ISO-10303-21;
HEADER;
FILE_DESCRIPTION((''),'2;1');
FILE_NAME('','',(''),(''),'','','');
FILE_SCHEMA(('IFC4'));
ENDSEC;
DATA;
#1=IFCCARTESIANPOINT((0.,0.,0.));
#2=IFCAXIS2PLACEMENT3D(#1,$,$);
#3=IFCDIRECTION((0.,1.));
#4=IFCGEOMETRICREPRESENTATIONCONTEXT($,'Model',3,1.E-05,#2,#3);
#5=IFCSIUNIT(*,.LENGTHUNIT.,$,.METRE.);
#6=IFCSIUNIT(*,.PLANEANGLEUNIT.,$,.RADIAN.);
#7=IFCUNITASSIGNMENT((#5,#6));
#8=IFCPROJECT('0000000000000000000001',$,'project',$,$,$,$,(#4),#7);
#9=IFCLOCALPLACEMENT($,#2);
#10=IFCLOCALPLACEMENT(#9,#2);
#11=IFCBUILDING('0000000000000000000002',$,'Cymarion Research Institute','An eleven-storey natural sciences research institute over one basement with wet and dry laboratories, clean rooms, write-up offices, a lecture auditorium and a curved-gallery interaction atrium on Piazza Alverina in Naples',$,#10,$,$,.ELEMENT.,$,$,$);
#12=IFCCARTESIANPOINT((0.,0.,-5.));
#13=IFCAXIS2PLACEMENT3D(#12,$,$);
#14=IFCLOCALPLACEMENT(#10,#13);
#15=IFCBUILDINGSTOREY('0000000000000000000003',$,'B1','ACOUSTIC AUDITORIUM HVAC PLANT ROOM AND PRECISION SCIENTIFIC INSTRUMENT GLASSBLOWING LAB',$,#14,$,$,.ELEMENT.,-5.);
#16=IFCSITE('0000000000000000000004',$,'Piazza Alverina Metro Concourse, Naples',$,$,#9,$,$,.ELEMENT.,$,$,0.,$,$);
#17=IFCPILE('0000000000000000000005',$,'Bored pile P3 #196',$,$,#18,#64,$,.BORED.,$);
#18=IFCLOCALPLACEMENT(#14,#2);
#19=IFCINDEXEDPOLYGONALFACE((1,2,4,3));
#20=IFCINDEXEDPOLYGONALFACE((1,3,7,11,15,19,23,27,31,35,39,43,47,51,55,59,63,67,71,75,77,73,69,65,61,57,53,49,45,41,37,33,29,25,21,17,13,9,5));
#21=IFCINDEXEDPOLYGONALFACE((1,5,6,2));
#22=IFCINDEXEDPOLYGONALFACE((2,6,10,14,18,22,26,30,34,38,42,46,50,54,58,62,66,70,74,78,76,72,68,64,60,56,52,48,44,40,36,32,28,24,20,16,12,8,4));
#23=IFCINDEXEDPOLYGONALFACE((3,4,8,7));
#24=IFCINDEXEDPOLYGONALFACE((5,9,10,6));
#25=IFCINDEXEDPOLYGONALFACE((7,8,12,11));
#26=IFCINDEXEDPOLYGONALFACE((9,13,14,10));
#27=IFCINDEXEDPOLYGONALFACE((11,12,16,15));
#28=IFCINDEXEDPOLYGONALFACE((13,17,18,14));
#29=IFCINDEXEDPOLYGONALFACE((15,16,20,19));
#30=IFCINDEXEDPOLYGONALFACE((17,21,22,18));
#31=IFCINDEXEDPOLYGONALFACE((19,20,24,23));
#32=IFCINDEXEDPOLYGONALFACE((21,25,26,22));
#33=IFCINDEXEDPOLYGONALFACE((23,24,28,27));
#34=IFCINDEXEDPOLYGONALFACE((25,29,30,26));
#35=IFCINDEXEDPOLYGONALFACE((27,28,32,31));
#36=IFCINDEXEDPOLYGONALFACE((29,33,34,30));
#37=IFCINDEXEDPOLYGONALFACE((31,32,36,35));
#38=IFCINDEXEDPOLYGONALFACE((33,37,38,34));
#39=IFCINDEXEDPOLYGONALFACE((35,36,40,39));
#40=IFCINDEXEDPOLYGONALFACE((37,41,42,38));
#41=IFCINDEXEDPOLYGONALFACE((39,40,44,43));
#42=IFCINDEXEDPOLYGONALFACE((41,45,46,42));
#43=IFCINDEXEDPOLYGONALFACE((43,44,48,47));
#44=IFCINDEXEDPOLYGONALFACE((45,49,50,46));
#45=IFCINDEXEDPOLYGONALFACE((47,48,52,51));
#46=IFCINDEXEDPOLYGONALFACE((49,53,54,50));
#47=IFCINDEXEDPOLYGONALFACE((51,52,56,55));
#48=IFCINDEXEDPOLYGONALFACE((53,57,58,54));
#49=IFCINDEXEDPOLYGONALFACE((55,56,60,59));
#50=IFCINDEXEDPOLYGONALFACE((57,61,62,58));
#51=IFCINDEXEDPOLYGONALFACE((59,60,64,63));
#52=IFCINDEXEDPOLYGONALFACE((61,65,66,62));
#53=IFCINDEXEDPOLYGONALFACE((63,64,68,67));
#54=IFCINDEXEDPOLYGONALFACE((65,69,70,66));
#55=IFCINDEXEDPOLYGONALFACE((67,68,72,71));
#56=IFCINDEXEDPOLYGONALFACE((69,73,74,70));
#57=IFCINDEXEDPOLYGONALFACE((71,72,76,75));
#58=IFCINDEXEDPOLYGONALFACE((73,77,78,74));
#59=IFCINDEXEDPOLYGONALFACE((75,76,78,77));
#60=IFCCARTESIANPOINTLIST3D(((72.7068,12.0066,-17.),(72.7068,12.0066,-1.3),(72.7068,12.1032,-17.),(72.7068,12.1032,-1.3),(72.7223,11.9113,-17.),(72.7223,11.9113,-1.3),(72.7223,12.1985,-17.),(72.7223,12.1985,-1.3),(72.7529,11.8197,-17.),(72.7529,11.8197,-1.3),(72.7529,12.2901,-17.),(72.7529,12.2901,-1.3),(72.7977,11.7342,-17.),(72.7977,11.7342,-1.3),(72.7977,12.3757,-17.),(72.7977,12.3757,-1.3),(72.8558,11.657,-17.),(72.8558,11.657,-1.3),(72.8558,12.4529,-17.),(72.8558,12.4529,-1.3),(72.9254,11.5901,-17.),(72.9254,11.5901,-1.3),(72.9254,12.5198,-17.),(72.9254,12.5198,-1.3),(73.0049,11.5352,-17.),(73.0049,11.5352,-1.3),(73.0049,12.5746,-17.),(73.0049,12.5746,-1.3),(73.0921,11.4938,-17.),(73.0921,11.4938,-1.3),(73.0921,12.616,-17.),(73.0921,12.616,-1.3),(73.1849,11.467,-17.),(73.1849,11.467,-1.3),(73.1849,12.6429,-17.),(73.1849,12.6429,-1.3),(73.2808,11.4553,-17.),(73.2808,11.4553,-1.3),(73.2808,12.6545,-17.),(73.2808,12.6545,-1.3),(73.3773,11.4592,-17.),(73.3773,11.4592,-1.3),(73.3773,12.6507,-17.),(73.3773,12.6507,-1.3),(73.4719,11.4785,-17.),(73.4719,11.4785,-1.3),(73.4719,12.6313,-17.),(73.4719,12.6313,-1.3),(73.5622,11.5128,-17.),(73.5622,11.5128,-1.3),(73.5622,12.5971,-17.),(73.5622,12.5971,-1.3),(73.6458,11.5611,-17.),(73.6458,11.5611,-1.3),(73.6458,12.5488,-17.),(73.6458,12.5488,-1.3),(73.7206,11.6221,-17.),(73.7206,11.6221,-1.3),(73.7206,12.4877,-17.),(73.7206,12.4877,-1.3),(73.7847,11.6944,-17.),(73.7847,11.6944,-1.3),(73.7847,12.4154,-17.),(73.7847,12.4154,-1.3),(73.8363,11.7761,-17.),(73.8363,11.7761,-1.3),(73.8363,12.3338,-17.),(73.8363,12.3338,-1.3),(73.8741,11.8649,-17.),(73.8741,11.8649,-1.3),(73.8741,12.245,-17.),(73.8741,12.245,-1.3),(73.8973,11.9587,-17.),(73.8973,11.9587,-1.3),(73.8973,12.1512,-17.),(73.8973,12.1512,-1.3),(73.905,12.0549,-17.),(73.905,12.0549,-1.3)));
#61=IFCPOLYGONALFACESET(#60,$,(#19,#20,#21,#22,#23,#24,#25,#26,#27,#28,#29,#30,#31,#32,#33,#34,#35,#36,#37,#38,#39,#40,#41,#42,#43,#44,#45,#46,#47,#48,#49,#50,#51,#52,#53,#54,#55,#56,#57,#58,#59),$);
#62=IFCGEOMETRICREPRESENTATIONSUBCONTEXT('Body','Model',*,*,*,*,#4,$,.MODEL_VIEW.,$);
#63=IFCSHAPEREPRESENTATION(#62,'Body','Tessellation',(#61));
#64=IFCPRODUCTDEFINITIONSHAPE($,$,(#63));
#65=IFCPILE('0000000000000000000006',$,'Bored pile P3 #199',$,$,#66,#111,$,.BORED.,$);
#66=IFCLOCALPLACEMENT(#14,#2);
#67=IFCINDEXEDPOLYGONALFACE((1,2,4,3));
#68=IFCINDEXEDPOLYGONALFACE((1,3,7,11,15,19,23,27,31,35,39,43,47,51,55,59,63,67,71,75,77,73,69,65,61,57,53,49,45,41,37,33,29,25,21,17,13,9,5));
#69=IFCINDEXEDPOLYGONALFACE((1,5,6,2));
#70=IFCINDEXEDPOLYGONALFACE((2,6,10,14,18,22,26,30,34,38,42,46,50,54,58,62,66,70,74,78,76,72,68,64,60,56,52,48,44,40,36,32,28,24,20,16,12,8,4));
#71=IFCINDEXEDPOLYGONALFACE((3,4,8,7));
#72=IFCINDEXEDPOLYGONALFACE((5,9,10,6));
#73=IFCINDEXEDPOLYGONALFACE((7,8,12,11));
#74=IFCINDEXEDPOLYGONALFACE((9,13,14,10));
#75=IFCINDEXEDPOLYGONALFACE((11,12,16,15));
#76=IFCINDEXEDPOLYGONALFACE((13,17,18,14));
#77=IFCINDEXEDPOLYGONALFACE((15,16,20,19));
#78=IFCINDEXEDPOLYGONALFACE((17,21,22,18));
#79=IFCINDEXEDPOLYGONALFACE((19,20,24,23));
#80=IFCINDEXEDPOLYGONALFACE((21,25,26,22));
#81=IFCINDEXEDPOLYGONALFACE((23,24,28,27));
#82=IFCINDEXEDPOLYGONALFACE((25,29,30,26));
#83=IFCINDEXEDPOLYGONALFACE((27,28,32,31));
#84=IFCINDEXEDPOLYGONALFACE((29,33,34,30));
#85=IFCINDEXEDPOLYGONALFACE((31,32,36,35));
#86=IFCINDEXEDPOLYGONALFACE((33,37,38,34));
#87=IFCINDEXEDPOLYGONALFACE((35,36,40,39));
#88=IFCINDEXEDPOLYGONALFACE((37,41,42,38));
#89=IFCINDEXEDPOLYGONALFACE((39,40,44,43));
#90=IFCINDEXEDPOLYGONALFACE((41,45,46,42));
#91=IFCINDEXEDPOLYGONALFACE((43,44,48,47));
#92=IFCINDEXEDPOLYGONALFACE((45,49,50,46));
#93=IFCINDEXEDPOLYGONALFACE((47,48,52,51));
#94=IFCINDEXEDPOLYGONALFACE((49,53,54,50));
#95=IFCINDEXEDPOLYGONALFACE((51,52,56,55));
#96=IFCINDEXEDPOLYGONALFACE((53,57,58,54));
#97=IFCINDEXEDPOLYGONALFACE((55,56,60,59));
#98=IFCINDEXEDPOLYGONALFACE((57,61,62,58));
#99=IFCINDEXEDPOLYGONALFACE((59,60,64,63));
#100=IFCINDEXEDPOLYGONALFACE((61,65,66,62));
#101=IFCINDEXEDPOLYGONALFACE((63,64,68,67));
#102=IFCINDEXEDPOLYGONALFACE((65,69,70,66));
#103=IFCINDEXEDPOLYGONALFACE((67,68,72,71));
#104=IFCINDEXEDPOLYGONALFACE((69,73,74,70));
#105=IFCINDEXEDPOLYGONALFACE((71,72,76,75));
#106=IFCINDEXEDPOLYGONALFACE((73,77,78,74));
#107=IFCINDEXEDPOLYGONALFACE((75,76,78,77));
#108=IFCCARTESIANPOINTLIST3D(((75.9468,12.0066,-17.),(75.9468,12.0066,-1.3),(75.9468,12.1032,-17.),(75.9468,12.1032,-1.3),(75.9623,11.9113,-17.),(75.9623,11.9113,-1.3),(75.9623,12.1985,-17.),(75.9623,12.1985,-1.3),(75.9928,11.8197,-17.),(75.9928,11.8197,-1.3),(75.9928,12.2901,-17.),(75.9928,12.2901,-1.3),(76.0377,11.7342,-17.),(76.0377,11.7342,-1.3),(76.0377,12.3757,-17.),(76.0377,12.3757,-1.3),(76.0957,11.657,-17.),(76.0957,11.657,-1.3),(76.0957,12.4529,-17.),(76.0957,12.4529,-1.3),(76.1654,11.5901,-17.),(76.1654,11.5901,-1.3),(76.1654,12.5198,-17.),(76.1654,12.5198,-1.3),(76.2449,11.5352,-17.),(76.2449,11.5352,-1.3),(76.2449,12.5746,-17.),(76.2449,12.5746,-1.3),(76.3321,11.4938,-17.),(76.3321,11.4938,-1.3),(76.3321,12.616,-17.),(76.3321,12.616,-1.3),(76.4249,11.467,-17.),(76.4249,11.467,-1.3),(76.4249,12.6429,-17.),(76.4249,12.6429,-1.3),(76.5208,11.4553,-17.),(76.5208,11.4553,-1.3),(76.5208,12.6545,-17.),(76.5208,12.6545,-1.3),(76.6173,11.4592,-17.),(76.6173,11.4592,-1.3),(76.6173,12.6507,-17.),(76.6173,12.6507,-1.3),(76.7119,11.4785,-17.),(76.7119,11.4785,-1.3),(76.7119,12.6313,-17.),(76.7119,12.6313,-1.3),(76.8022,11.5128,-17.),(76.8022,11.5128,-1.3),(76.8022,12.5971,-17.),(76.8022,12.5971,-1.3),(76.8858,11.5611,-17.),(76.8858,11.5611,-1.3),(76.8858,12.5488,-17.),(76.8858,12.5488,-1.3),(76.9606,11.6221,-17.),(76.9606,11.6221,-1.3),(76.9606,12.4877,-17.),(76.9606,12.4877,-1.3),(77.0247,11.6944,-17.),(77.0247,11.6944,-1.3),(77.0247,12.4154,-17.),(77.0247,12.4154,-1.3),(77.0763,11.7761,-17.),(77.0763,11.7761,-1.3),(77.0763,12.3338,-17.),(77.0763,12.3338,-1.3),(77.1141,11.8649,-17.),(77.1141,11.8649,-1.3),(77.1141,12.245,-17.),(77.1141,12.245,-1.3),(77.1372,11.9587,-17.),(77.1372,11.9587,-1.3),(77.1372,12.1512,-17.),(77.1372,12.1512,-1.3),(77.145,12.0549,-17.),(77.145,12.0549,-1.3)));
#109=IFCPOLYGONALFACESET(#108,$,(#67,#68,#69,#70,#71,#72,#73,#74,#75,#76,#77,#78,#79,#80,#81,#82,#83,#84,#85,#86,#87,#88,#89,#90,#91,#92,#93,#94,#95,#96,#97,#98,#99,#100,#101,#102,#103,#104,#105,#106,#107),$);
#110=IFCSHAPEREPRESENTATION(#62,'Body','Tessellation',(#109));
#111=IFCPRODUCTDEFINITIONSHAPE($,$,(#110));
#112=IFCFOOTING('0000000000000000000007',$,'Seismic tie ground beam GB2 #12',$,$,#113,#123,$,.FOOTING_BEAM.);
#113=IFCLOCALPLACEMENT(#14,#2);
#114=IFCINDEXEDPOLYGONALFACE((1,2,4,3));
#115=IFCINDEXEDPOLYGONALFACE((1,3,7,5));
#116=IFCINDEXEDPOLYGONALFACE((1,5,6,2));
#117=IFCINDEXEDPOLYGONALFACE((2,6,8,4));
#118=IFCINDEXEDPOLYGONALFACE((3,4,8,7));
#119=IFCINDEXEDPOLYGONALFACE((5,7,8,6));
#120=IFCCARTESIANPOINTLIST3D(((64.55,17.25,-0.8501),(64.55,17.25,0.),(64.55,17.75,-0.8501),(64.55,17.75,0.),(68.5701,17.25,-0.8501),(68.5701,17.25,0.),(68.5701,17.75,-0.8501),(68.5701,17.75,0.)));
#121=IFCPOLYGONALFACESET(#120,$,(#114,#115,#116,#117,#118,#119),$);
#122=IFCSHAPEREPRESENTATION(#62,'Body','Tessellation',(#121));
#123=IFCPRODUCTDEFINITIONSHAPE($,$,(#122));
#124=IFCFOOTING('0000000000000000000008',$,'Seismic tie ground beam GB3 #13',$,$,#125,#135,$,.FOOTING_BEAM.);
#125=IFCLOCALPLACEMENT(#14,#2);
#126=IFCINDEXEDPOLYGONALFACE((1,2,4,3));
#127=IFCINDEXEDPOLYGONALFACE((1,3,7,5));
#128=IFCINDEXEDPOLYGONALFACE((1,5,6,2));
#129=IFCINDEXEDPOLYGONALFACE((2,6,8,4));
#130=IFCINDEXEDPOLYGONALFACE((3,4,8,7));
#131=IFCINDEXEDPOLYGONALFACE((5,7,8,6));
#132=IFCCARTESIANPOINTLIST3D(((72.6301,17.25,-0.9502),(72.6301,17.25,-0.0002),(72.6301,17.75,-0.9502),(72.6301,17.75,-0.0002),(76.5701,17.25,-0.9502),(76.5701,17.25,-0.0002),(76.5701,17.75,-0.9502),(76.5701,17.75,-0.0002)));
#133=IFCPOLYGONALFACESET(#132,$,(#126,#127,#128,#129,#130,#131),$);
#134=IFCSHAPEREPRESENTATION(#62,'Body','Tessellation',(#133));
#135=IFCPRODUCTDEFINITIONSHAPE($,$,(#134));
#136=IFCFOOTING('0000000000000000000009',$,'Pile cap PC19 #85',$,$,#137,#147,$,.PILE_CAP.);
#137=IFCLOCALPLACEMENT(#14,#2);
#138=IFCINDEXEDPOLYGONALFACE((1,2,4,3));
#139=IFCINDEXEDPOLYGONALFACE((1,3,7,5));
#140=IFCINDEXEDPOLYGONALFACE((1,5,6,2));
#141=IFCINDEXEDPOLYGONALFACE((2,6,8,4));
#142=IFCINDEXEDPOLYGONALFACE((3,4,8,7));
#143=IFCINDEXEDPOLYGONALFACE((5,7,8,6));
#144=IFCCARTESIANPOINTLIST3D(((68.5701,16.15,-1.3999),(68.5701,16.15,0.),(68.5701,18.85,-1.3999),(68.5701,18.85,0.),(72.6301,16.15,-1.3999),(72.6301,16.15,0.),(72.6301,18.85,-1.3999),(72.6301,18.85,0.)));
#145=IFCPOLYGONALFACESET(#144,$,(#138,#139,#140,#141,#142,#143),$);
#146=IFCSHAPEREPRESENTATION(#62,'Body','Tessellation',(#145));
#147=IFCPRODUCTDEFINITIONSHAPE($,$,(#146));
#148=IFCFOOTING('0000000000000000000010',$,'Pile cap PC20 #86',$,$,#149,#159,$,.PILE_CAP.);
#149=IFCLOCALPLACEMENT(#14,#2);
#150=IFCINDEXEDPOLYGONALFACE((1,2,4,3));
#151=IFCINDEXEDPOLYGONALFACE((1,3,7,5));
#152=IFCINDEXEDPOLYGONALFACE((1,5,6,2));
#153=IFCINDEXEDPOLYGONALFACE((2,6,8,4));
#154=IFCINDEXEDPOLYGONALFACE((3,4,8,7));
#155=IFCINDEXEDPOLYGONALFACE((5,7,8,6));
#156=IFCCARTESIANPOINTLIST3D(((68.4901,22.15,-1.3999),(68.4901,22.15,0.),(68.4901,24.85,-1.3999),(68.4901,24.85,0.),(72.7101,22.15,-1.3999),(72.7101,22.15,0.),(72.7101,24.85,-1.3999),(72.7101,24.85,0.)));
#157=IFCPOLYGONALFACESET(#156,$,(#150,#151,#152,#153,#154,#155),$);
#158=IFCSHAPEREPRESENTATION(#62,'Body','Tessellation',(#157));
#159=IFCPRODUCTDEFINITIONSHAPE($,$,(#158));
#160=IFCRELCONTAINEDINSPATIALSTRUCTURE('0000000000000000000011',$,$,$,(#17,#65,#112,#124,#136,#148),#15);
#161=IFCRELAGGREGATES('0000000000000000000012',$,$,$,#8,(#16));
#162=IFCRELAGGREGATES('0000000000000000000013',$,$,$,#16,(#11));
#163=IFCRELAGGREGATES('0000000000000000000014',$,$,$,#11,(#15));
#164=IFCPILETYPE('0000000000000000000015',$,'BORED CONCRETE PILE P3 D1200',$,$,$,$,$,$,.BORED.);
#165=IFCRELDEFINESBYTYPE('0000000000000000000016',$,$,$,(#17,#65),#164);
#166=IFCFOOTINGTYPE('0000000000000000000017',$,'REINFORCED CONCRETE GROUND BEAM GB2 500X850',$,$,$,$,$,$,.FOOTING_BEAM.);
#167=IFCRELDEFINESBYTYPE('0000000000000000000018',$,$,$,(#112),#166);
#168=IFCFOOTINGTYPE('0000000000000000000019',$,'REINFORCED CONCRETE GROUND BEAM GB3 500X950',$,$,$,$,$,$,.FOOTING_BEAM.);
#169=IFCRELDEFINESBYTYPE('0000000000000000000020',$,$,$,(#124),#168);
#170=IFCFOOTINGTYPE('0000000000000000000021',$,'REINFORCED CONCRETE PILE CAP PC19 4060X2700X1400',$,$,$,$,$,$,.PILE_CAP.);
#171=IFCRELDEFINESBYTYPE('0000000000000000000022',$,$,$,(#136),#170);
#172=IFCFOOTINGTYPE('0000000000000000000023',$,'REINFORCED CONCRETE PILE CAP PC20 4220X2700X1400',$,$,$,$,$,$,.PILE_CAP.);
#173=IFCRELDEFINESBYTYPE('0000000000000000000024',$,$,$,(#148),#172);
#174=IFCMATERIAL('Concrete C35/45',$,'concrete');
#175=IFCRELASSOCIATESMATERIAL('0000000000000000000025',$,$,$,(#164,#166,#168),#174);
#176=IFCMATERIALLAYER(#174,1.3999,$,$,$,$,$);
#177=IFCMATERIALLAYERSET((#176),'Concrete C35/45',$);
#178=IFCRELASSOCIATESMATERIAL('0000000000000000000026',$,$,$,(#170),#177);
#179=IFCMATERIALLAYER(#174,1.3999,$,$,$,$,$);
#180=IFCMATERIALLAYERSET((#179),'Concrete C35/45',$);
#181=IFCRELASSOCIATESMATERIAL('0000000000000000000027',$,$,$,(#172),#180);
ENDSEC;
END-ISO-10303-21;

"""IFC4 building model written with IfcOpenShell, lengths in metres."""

from ifc_helpers import new_model, si_unit, direction, frame, origin, origin_2d, place, context, subcontext, project, spatial, rectangle, circle, extrude, material, layer, layer_set, material_profile, profile_set, type_object, element, save


model = new_model("IFC4")

# Units and contexts
model_context = context("Model", 3, precision=1e-05, world=origin(), true_north=direction((0.0, 1.0)))
body_context = subcontext(model_context, "Body", "Model", "MODEL_VIEW")
ifc_project = project(units=[si_unit("LENGTHUNIT", "METRE"), si_unit("PLANEANGLEUNIT", "RADIAN")], contexts=[model_context])

# Site, building, storey
site_placement = place(None, origin())
site = spatial("IfcSite", under=ifc_project, at=site_placement, Name="Piazza Alverina Metro Concourse, Naples", CompositionType="ELEMENT", RefElevation=0.0)
building_placement = place(site_placement, origin())
building = spatial("IfcBuilding", under=site, at=building_placement, Name="Cymarion Research Institute", Description="An eleven-storey natural sciences research institute over one basement with wet and dry laboratories, clean rooms, write-up offices, a lecture auditorium and a curved-gallery interaction atrium on Piazza Alverina in Naples", CompositionType="ELEMENT")
storey_placement = place(building_placement, frame((0.0, 0.0, -5.0)))
storey = spatial("IfcBuildingStorey", under=building, at=storey_placement, Name="B1", Description="ACOUSTIC AUDITORIUM HVAC PLANT ROOM AND PRECISION SCIENTIFIC INSTRUMENT GLASSBLOWING LAB", CompositionType="ELEMENT", Elevation=-5.0)

# Piles
ifc_material_1 = material(Name="Concrete C35/45", Category="concrete")
ifc_material_profile_1 = material_profile(ifc_material_1, circle(Radius=0.6001, at=origin_2d()), Name="BORED PILE D1200")
ifc_profile_set_1 = profile_set([ifc_material_profile_1], Name="Concrete C35/45")
pile_type_1 = type_object("IfcPileType", Name="BORED CONCRETE PILE P3 D1200", PredefinedType="BORED", material=ifc_profile_set_1)
for number, where, z_axis, x_axis, name in (
    (1, (73.3049, 12.0549, -1.3), (0.0, 0.0, -1.0), (1.0, 0.0, 0.0), "Bored pile P3 #196"),
    (2, (76.5449, 12.0549, -1.3), (0.0, 0.0, -1.0), (1.0, 0.0, 0.0), "Bored pile P3 #199"),
):
    element("IfcPile", number, at=place(storey_placement, frame(where, z_axis=z_axis, x_axis=x_axis)), inside=storey, type_object=pile_type_1, Name=name, PredefinedType="BORED", context=body_context, shape_type="SweptSolid", body=[
        extrude(circle(Radius=0.6001, at=origin_2d()), origin(), (0.0, 0.0, 1.0), 15.7),
    ])

# Footings
footing_type_1 = type_object("IfcFootingType", Name="REINFORCED CONCRETE GROUND BEAM GB2 500X850", PredefinedType="FOOTING_BEAM", material=ifc_material_1)
footing_1_placement = place(storey_placement, frame((66.5601, 17.5, -0.8501), z_axis=(0.0, 0.0, 1.0), x_axis=(1.0, 0.0, 0.0)))
element("IfcFooting", 3, at=footing_1_placement, inside=storey, type_object=footing_type_1, Name="Seismic tie ground beam GB2 #12", PredefinedType="FOOTING_BEAM", context=body_context, shape_type="SweptSolid", body=[
    extrude(rectangle(XDim=4.02, YDim=0.5, at=origin_2d()), origin(), (0.0, 0.0, 1.0), 0.8501),
])
footing_type_2 = type_object("IfcFootingType", Name="REINFORCED CONCRETE GROUND BEAM GB3 500X950", PredefinedType="FOOTING_BEAM", material=ifc_material_1)
footing_2_placement = place(storey_placement, frame((74.6001, 17.5, -0.9502), z_axis=(0.0, 0.0, 1.0), x_axis=(1.0, 0.0, 0.0)))
element("IfcFooting", 4, at=footing_2_placement, inside=storey, type_object=footing_type_2, Name="Seismic tie ground beam GB3 #13", PredefinedType="FOOTING_BEAM", context=body_context, shape_type="SweptSolid", body=[
    extrude(rectangle(XDim=3.9399, YDim=0.5, at=origin_2d()), origin(), (0.0, 0.0, 1.0), 0.95),
])
ifc_layer_1 = layer(ifc_material_1, 1.3999)
ifc_layer_set_1 = layer_set([ifc_layer_1], Name="Concrete C35/45")
footing_type_3 = type_object("IfcFootingType", Name="REINFORCED CONCRETE PILE CAP PC19 4060X2700X1400", PredefinedType="PILE_CAP", material=ifc_layer_set_1)
footing_3_placement = place(storey_placement, frame((70.6001, 17.5, -1.3999), z_axis=(0.0, 0.0, 1.0), x_axis=(1.0, 0.0, 0.0)))
element("IfcFooting", 5, at=footing_3_placement, inside=storey, type_object=footing_type_3, Name="Pile cap PC19 #85", PredefinedType="PILE_CAP", context=body_context, shape_type="SweptSolid", body=[
    extrude(rectangle(XDim=4.0601, YDim=2.7, at=origin_2d()), origin(), (0.0, 0.0, 1.0), 1.3999),
])
ifc_layer_2 = layer(ifc_material_1, 1.3999)
ifc_layer_set_2 = layer_set([ifc_layer_2], Name="Concrete C35/45")
footing_type_4 = type_object("IfcFootingType", Name="REINFORCED CONCRETE PILE CAP PC20 4220X2700X1400", PredefinedType="PILE_CAP", material=ifc_layer_set_2)
footing_4_placement = place(storey_placement, frame((70.6001, 23.5, -1.3999), z_axis=(0.0, 0.0, 1.0), x_axis=(1.0, 0.0, 0.0)))
element("IfcFooting", 6, at=footing_4_placement, inside=storey, type_object=footing_type_4, Name="Pile cap PC20 #86", PredefinedType="PILE_CAP", context=body_context, shape_type="SweptSolid", body=[
    extrude(rectangle(XDim=4.22, YDim=2.7, at=origin_2d()), origin(), (0.0, 0.0, 1.0), 1.3999),
])

save(model, "model.ifc")
